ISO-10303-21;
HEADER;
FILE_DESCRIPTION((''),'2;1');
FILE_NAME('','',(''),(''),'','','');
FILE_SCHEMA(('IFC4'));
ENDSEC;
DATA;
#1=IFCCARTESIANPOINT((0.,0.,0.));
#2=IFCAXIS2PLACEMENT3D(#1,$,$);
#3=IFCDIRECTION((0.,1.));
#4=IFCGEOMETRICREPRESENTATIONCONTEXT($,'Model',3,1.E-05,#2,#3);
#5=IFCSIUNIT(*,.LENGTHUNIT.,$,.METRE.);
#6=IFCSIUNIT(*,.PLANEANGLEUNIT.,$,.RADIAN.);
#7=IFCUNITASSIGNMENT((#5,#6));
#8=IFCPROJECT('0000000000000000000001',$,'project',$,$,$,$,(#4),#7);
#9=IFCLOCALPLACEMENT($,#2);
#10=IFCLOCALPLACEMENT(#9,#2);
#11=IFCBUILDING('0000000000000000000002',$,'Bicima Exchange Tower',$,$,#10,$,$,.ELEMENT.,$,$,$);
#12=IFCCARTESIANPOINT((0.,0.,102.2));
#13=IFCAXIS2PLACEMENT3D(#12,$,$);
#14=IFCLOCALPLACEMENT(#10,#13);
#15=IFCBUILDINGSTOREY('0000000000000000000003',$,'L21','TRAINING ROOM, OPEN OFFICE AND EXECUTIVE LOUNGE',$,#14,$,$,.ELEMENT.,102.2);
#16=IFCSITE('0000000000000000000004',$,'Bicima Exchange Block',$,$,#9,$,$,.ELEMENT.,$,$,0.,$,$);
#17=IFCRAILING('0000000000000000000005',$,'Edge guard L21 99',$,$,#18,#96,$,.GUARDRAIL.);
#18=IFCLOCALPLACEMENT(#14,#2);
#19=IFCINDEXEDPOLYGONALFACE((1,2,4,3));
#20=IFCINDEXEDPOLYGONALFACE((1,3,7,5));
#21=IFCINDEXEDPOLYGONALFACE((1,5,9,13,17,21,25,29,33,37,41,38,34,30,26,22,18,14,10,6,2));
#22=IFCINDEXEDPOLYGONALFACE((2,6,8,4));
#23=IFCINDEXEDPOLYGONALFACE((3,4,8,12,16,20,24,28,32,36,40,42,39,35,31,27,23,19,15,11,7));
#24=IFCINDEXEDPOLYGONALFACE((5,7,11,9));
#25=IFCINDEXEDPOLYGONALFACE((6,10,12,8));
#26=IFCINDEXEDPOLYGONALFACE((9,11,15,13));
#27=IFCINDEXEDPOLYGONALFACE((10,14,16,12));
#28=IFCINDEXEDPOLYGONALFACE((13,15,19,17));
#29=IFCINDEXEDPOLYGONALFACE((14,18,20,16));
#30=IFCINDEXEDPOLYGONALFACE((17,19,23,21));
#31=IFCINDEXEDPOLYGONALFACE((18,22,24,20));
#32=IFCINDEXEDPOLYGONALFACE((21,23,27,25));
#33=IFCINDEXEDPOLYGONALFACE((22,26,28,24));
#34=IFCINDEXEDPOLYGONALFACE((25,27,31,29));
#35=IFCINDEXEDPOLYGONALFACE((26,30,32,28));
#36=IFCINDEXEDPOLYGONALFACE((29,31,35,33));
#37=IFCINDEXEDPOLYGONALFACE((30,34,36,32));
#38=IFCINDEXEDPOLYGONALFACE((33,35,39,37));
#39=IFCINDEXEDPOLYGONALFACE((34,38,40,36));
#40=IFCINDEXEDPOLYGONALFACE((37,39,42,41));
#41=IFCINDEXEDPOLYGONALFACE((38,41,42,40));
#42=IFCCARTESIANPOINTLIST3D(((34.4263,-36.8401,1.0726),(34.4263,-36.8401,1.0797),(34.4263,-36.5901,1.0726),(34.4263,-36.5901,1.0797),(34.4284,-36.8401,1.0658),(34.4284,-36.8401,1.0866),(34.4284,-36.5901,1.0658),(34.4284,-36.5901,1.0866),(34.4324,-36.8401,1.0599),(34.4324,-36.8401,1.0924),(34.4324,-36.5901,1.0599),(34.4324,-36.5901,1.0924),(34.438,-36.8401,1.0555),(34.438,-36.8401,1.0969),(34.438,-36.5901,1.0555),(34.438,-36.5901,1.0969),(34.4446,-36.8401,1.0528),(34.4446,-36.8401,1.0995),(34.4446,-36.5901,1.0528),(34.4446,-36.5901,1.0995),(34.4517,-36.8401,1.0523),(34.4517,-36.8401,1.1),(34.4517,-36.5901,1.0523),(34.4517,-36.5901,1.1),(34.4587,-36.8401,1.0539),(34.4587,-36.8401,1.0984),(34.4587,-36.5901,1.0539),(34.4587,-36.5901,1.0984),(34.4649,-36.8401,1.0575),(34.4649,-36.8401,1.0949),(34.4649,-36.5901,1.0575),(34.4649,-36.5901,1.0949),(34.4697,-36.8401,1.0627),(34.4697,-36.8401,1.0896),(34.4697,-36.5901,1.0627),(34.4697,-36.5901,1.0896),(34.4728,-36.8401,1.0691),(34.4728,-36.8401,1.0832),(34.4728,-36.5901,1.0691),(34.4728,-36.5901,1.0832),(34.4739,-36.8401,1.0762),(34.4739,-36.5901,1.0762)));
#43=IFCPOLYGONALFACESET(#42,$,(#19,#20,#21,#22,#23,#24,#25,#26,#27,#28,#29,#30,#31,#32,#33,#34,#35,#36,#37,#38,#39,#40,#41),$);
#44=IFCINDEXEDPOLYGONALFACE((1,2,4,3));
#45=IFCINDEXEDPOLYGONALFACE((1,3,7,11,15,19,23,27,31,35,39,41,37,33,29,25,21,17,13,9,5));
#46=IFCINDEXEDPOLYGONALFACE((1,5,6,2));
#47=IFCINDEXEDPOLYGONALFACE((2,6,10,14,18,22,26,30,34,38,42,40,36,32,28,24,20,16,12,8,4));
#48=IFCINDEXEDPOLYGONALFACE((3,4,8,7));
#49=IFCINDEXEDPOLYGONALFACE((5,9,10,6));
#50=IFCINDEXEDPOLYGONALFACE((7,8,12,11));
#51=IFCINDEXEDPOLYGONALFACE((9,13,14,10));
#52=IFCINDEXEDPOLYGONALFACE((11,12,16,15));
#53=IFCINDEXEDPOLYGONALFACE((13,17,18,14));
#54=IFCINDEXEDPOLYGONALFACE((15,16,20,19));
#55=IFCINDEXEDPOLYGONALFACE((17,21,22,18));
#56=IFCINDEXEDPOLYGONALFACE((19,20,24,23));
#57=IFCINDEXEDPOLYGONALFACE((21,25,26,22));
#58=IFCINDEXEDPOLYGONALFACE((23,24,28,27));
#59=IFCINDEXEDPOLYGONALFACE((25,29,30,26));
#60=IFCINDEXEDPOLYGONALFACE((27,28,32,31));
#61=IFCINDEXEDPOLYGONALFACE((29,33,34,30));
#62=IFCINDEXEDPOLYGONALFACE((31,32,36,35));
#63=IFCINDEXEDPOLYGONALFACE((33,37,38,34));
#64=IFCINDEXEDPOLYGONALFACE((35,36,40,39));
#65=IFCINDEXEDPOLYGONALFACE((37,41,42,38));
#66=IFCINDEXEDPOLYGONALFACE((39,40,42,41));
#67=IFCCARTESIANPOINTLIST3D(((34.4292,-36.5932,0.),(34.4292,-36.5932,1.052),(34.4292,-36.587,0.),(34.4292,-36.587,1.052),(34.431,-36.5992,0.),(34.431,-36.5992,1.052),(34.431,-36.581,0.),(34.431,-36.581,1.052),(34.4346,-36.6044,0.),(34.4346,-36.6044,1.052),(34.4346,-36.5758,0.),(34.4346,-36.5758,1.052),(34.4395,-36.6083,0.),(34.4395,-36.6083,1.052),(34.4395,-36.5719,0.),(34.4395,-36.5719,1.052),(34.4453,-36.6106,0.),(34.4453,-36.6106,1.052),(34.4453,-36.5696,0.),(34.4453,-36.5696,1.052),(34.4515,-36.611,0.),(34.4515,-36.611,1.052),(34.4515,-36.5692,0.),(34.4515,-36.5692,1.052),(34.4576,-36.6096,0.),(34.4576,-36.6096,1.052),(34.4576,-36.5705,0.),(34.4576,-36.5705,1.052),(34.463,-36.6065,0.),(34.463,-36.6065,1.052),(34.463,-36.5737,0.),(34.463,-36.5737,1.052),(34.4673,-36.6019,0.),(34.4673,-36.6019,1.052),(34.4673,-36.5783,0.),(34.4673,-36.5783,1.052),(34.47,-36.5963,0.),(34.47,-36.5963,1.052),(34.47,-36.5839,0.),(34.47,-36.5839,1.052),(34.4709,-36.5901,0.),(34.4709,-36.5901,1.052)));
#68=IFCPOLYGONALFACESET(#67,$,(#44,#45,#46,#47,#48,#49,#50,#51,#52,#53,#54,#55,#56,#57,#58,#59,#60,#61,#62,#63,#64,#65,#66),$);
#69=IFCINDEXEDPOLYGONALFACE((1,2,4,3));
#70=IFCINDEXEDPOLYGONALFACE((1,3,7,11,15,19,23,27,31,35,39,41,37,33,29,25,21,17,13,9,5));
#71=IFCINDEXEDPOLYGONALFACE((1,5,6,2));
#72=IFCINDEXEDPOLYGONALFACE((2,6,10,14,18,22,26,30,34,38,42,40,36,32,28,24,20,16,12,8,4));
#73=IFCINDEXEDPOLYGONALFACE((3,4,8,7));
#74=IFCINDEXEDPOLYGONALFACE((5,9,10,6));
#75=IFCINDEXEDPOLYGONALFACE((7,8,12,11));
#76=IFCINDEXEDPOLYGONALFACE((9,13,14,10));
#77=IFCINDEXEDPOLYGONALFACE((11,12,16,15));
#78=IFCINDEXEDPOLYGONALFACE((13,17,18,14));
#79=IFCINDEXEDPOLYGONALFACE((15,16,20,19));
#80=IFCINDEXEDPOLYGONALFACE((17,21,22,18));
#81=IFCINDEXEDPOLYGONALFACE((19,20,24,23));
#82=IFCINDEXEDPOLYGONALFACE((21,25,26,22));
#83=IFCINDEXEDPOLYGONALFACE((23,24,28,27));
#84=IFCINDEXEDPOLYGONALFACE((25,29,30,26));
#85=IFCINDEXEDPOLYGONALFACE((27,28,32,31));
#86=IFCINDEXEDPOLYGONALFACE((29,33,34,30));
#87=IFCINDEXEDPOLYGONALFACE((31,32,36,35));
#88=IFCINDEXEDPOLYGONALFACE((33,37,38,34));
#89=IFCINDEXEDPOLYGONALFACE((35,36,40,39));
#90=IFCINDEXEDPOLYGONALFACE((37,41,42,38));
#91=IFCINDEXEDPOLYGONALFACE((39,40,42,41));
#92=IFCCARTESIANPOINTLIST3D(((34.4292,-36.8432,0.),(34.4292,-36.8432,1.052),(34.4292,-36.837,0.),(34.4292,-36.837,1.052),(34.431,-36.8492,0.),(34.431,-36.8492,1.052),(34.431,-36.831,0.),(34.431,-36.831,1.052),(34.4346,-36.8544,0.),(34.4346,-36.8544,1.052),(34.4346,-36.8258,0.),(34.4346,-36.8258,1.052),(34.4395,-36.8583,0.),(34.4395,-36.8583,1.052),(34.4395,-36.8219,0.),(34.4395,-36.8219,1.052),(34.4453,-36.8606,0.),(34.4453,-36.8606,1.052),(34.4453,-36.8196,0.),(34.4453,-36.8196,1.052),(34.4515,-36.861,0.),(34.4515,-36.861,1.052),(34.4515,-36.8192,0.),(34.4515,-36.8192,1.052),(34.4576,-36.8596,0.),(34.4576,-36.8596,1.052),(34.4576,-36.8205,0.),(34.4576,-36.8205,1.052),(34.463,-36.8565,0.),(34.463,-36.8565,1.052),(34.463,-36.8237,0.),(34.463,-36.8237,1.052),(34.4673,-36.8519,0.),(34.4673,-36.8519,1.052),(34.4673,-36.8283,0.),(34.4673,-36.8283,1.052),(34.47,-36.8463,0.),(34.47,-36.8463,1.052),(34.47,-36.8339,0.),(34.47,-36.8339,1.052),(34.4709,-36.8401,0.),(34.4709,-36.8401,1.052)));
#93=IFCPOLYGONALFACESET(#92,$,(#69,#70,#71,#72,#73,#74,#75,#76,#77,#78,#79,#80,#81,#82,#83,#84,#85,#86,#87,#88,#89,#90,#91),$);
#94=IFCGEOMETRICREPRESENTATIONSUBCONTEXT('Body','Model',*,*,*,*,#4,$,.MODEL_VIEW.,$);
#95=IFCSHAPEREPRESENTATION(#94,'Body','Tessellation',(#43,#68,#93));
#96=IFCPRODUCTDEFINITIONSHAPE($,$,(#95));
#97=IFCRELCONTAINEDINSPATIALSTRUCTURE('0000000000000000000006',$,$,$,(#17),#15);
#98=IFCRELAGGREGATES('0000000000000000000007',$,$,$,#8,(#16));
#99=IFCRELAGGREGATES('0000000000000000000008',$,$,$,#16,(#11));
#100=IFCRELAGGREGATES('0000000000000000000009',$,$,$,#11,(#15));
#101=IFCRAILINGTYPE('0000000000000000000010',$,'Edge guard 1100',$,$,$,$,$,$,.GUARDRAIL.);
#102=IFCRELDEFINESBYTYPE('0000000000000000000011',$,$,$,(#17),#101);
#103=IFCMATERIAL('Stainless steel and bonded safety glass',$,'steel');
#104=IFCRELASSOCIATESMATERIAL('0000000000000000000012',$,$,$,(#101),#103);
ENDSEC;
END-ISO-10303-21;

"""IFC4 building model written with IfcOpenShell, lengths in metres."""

from ifc_helpers import new_model, si_unit, direction, frame, origin, origin_2d, place, context, subcontext, project, spatial, circle, extrude, material, type_object, element, save


model = new_model("IFC4")

# Units and contexts
model_context = context("Model", 3, precision=1e-05, world=origin(), true_north=direction((0.0, 1.0)))
body_context = subcontext(model_context, "Body", "Model", "MODEL_VIEW")
ifc_project = project(units=[si_unit("LENGTHUNIT", "METRE"), si_unit("PLANEANGLEUNIT", "RADIAN")], contexts=[model_context])

# Site, building, storey
site_placement = place(None, origin())
site = spatial("IfcSite", under=ifc_project, at=site_placement, Name="Bicima Exchange Block", CompositionType="ELEMENT", RefElevation=0.0)
building_placement = place(site_placement, origin())
building = spatial("IfcBuilding", under=site, at=building_placement, Name="Bicima Exchange Tower", CompositionType="ELEMENT")
storey_placement = place(building_placement, frame((0.0, 0.0, 102.2)))
storey = spatial("IfcBuildingStorey", under=building, at=storey_placement, Name="L21", Description="TRAINING ROOM, OPEN OFFICE AND EXECUTIVE LOUNGE", CompositionType="ELEMENT", Elevation=102.2)

# Railing
ifc_material_1 = material(Name="Stainless steel and bonded safety glass", Category="steel")
railing_type = type_object("IfcRailingType", Name="Edge guard 1100", PredefinedType="GUARDRAIL", material=ifc_material_1)
railing_1_placement = place(storey_placement, frame((34.45, -36.5901, 0.0)))
element("IfcRailing", 1, at=railing_1_placement, inside=storey, type_object=railing_type, Name="Edge guard L21 99", PredefinedType="GUARDRAIL", context=body_context, shape_type="SweptSolid", body=[
    extrude(circle(Radius=0.0239, at=origin_2d()), frame((0.0, 0.0, 1.0762), z_axis=(0.0, -1.0, 0.0), x_axis=(1.0, 0.0, 0.0)), (0.0, 0.0, 1.0), 0.25),
    extrude(circle(Radius=0.021, at=origin_2d()), origin(), (0.0, 0.0, 1.0), 1.052),
    extrude(circle(Radius=0.021, at=origin_2d()), frame((0.0, -0.25, 0.0)), (0.0, 0.0, 1.0), 1.052),
])

save(model, "model.ifc")
